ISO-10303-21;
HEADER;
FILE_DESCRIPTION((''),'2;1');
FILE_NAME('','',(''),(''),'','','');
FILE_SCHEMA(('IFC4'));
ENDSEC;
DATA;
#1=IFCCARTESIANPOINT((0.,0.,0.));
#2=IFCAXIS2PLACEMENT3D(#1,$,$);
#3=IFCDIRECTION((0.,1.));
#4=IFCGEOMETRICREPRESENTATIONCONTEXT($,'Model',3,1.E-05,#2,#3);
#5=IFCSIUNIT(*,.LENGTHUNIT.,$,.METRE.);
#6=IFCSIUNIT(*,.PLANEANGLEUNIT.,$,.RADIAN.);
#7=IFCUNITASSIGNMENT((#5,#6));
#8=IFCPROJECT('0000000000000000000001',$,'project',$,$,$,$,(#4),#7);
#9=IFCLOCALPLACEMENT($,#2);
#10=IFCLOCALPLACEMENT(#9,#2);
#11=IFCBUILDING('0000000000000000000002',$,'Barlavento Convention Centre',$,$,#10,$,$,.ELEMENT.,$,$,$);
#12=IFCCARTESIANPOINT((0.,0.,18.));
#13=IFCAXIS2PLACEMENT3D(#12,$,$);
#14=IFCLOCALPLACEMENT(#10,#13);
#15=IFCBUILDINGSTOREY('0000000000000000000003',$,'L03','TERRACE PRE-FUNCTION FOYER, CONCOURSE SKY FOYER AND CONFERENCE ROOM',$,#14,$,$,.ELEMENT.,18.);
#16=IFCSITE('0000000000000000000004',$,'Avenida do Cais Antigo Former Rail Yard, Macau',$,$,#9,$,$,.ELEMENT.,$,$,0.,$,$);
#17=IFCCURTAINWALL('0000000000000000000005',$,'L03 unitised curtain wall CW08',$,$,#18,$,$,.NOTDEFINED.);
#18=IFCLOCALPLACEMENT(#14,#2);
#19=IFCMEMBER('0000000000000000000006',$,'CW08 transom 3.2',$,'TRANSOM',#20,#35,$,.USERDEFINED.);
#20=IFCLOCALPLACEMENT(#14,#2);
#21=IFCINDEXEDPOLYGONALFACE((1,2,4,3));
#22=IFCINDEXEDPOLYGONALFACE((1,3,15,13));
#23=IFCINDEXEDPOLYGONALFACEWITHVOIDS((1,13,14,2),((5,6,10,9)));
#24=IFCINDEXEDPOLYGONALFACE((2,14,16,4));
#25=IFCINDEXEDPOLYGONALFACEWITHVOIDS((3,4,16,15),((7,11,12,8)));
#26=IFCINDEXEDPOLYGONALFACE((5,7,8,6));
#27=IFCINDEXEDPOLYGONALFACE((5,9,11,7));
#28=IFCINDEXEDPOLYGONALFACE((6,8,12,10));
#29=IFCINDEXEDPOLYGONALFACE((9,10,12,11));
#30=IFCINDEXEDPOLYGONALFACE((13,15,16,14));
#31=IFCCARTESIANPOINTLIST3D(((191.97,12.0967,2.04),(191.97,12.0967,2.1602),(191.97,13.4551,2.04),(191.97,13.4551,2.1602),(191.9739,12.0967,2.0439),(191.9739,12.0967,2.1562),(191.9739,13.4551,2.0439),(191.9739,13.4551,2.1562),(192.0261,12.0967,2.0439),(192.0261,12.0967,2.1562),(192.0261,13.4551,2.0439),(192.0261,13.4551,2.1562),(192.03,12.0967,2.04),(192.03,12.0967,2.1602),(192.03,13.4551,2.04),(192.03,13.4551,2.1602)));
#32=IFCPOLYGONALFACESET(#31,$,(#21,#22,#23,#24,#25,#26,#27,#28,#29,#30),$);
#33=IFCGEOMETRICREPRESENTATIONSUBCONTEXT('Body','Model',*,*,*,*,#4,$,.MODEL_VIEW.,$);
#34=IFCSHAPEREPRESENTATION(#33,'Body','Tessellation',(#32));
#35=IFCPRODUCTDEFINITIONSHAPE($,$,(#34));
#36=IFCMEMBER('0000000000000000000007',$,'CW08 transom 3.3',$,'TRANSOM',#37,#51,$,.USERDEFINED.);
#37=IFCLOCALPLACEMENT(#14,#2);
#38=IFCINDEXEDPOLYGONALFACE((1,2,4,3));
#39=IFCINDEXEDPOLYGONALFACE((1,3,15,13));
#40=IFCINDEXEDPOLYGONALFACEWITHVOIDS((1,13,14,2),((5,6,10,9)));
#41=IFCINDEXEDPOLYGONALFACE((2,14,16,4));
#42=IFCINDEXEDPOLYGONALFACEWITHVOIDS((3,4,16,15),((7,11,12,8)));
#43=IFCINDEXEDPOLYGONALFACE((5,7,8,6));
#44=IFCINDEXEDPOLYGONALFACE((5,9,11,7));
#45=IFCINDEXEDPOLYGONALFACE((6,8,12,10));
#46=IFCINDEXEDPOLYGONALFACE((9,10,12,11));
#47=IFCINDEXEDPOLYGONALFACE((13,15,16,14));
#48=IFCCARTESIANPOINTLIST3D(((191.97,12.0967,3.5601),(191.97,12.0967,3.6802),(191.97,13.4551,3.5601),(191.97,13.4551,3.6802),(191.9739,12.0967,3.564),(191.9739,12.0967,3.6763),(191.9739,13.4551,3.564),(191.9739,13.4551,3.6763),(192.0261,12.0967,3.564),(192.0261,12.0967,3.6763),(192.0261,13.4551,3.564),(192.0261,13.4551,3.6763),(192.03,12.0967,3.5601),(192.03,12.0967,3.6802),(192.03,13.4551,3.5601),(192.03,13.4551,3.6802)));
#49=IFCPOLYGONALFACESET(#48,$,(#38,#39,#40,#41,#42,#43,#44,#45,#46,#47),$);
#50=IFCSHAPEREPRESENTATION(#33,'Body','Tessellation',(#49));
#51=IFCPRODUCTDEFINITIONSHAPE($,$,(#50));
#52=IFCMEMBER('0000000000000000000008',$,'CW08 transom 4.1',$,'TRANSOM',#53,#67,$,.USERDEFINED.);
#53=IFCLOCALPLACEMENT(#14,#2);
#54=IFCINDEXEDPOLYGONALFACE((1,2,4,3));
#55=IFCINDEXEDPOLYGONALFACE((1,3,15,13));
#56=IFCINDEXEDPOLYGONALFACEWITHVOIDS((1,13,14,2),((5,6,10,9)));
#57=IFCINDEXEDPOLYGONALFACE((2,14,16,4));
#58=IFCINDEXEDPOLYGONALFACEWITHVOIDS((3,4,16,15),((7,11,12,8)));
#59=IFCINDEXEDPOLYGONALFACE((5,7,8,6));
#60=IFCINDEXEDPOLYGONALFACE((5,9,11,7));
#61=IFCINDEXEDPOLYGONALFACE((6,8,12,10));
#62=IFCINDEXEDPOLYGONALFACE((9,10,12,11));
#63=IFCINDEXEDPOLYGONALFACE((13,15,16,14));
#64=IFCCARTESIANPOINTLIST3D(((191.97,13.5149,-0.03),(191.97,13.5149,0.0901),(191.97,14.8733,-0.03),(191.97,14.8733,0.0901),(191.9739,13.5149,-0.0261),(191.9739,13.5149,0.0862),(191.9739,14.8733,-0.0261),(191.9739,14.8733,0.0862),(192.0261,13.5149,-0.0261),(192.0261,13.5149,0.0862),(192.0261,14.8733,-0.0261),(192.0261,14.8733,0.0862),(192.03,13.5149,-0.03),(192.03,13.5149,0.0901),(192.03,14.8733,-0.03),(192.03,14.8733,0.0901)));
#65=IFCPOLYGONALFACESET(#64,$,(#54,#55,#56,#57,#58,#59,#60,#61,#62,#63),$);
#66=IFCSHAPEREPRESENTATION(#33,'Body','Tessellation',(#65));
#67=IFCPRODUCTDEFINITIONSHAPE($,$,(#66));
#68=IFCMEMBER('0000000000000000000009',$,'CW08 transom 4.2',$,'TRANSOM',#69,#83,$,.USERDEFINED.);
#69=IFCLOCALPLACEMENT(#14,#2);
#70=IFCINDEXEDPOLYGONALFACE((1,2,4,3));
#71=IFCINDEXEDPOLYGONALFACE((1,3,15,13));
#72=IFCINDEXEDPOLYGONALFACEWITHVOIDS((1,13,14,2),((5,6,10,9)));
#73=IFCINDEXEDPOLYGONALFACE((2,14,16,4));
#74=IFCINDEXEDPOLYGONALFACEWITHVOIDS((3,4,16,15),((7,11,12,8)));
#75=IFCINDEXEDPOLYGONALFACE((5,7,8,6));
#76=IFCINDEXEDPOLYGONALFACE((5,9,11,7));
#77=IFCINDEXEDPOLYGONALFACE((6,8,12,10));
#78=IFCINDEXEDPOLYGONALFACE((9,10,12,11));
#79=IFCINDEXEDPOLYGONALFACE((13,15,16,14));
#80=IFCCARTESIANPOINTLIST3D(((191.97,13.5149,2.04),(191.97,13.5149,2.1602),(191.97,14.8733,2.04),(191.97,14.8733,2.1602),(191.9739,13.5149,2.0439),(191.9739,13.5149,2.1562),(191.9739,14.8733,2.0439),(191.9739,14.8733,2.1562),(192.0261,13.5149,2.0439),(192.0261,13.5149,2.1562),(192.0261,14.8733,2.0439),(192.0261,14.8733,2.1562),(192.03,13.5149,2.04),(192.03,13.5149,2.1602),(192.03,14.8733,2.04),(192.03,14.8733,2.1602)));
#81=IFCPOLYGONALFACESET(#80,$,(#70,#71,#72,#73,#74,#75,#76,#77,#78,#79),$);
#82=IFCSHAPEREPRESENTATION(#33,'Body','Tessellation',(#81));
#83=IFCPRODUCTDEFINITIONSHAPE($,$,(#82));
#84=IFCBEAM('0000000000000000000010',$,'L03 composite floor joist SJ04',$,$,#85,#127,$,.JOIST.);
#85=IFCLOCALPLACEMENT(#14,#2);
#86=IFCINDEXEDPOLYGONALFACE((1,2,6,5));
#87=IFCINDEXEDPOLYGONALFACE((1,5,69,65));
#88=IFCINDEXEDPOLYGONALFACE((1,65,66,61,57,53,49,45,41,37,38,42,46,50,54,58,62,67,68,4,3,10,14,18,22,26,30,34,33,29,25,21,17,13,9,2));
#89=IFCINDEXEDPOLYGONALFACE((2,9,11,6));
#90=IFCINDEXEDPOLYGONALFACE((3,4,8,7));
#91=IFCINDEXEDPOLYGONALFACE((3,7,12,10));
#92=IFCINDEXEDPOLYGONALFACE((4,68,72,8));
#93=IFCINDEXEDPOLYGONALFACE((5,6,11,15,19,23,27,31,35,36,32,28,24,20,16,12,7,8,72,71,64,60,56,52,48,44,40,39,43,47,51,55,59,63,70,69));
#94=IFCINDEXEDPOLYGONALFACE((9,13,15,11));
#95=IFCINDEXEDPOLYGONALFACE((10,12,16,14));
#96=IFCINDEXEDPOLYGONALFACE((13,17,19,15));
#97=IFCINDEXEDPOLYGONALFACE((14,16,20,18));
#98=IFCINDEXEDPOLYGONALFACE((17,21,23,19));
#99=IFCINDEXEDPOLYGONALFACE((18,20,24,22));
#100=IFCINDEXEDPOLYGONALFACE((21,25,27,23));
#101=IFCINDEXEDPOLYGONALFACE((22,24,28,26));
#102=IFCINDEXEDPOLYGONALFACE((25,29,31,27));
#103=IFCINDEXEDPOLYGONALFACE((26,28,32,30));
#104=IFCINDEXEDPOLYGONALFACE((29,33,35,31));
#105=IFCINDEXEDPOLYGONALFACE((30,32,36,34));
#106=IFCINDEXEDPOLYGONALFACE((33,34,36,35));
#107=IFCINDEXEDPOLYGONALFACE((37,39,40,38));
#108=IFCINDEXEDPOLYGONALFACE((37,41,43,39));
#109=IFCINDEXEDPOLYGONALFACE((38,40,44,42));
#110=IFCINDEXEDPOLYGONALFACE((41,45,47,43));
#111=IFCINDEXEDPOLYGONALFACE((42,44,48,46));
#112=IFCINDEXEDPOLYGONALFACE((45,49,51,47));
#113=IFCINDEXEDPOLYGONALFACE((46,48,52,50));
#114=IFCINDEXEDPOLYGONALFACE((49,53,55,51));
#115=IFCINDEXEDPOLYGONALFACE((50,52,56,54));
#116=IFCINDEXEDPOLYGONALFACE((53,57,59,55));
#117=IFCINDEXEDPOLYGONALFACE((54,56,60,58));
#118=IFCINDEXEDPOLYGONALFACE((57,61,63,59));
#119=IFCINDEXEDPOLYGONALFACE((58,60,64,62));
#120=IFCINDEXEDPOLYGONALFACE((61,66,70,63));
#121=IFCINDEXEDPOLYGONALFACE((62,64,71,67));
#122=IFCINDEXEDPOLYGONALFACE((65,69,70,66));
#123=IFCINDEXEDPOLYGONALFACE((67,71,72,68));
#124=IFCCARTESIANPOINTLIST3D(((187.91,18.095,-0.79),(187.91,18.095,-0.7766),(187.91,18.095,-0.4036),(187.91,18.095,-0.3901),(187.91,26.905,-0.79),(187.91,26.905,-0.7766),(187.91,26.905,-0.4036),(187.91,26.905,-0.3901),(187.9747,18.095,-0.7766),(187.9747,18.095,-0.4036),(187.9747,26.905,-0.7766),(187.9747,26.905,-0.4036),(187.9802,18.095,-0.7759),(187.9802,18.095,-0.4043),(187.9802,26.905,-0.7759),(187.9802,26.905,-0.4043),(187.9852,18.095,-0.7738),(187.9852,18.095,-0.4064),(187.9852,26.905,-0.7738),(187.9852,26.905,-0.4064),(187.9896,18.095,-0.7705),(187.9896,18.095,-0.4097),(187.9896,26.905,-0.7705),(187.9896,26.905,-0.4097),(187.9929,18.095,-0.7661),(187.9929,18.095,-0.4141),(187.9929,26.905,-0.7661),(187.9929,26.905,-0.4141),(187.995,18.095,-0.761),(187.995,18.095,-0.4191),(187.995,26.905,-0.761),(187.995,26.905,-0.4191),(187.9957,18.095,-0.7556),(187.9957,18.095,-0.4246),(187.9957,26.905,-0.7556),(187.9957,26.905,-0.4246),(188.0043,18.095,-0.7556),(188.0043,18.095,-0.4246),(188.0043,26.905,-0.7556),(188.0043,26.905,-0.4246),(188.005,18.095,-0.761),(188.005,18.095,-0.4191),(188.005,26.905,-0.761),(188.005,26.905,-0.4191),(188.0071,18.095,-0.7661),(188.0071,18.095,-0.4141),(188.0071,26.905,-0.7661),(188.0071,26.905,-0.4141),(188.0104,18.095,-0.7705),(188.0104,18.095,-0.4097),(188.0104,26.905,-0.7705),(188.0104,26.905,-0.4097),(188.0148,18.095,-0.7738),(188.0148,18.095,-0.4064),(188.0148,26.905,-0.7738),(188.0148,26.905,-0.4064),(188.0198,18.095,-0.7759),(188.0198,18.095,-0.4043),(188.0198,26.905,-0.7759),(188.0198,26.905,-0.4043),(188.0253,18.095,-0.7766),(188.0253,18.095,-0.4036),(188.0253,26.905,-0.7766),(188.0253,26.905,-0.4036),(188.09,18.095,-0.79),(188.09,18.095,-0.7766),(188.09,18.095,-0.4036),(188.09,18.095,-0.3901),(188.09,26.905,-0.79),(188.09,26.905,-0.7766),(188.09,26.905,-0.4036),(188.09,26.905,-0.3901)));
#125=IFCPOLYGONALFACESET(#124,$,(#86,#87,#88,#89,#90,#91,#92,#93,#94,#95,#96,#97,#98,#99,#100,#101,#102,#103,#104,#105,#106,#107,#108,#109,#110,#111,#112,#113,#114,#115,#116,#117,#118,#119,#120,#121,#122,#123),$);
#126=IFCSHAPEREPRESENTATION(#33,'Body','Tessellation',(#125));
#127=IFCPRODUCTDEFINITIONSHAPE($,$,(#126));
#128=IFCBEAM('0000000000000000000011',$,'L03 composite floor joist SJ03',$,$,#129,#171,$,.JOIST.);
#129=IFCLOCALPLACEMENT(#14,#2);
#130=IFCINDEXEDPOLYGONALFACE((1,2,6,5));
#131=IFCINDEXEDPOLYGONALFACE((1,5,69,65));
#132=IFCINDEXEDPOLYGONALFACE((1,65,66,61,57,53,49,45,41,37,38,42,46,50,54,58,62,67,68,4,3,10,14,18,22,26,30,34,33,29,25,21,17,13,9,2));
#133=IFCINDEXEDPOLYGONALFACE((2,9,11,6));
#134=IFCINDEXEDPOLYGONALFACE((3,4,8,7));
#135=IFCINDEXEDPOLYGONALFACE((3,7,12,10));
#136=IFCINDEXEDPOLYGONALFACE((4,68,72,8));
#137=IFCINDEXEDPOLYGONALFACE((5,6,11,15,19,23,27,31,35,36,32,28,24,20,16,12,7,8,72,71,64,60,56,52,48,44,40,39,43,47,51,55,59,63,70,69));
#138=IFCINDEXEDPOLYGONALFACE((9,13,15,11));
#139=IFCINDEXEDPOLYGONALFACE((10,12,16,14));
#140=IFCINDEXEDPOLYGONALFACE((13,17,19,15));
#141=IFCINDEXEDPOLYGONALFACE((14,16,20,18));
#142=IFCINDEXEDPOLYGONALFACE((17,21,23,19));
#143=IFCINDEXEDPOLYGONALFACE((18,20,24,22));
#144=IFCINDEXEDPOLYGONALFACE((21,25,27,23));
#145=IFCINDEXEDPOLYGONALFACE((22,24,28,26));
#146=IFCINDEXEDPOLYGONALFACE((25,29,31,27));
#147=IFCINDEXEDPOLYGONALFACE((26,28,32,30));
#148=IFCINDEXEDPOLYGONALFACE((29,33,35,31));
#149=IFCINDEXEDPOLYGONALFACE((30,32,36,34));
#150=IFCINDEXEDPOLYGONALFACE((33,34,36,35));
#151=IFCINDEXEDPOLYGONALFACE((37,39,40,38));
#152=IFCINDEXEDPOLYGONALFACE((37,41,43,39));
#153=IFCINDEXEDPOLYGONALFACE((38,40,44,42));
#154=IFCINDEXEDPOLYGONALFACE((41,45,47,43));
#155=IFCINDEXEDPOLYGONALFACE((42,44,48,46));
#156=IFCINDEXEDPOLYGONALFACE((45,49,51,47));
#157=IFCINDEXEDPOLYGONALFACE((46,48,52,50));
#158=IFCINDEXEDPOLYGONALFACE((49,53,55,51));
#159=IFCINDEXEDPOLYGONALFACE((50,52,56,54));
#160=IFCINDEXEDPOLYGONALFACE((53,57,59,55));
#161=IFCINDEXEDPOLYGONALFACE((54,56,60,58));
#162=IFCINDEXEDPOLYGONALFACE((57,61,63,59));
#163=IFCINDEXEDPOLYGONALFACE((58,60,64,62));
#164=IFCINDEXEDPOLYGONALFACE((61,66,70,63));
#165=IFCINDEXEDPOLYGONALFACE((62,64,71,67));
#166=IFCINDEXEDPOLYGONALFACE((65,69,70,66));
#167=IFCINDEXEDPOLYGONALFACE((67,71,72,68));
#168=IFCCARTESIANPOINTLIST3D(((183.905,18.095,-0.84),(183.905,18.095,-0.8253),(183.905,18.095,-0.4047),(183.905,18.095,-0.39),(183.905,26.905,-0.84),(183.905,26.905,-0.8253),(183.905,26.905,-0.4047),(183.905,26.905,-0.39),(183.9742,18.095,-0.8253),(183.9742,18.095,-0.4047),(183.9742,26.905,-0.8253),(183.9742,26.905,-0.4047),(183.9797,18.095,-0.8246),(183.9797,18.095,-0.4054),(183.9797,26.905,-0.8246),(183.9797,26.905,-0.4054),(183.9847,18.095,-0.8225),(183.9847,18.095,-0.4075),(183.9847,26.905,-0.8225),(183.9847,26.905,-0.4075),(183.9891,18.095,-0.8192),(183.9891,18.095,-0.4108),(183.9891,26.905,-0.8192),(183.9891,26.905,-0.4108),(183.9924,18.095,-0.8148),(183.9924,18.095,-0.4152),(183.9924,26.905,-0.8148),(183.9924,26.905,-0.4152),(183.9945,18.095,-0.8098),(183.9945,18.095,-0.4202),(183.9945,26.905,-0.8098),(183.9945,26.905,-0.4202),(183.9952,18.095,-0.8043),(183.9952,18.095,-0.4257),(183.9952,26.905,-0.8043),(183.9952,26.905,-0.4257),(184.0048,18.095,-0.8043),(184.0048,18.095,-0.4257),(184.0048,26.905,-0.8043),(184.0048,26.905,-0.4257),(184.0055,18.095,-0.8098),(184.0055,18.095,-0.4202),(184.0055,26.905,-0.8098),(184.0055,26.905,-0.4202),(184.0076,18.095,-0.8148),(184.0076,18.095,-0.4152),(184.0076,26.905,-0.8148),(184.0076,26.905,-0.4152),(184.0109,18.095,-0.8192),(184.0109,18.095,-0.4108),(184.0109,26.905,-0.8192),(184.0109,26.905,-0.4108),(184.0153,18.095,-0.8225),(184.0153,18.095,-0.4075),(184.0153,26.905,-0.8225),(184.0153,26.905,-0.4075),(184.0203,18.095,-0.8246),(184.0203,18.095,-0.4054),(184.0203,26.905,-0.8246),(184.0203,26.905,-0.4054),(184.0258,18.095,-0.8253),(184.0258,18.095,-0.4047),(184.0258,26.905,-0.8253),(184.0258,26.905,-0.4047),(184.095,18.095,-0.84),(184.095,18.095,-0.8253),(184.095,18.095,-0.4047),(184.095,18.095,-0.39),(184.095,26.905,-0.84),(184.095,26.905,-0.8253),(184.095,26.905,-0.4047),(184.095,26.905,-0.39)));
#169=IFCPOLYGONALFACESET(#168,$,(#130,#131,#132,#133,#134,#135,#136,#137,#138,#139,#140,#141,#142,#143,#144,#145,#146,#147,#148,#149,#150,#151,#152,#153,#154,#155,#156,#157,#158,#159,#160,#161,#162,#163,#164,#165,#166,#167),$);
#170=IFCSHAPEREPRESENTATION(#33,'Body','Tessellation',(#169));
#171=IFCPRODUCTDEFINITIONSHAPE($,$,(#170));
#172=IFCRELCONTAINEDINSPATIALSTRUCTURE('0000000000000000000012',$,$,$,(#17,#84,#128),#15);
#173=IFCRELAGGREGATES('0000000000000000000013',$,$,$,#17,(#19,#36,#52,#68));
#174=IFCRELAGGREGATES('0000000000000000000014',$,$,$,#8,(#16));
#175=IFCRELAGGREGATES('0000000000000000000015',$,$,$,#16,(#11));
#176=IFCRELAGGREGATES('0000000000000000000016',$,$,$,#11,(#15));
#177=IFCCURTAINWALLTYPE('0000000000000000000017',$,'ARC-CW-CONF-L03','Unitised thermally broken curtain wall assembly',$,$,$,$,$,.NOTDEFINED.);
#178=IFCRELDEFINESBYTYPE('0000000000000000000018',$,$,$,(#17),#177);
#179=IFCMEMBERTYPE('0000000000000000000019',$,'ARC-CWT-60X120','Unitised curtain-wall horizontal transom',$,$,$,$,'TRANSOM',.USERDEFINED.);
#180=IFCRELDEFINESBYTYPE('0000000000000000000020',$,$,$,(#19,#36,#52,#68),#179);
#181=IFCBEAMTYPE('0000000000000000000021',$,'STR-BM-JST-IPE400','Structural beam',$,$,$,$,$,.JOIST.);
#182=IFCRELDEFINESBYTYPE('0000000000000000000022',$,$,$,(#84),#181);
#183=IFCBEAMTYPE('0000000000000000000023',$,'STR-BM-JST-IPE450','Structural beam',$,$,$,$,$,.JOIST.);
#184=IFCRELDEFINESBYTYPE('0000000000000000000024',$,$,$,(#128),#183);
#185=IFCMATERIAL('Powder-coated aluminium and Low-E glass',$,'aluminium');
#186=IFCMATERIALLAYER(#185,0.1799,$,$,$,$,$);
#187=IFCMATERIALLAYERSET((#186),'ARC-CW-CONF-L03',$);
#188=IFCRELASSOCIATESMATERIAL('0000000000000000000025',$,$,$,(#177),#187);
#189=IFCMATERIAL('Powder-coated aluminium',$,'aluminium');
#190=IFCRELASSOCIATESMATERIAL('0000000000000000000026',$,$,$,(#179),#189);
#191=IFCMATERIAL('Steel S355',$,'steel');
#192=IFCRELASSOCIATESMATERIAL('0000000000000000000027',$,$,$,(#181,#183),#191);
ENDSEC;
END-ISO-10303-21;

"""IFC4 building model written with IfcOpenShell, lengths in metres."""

from ifc_helpers import new_model, si_unit, direction, frame, origin, origin_2d, place, context, subcontext, project, spatial, hollow_rectangle, i_section, extrude, material, layer, layer_set, material_profile, profile_set, type_object, element, aggregate, save


model = new_model("IFC4")

# Units and contexts
model_context = context("Model", 3, precision=1e-05, world=origin(), true_north=direction((0.0, 1.0)))
body_context = subcontext(model_context, "Body", "Model", "MODEL_VIEW")
ifc_project = project(units=[si_unit("LENGTHUNIT", "METRE"), si_unit("PLANEANGLEUNIT", "RADIAN")], contexts=[model_context])

# Site, building, storey
site_placement = place(None, origin())
site = spatial("IfcSite", under=ifc_project, at=site_placement, Name="Avenida do Cais Antigo Former Rail Yard, Macau", CompositionType="ELEMENT", RefElevation=0.0)
building_placement = place(site_placement, origin())
building = spatial("IfcBuilding", under=site, at=building_placement, Name="Barlavento Convention Centre", CompositionType="ELEMENT")
storey_placement = place(building_placement, frame((0.0, 0.0, 18.0)))
storey = spatial("IfcBuildingStorey", under=building, at=storey_placement, Name="L03", Description="TERRACE PRE-FUNCTION FOYER, CONCOURSE SKY FOYER AND CONFERENCE ROOM", CompositionType="ELEMENT", Elevation=18.0)

# Shared definitions
ifc_material_1 = material(Name="Steel S355", Category="steel")

# Curtain wall, members
ifc_material_2 = material(Name="Powder-coated aluminium and Low-E glass", Category="aluminium")
ifc_layer_1 = layer(ifc_material_2, 0.1799)
ifc_layer_set_1 = layer_set([ifc_layer_1], Name="ARC-CW-CONF-L03")
curtain_wall_type = type_object("IfcCurtainWallType", Name="ARC-CW-CONF-L03", Description="Unitised thermally broken curtain wall assembly", PredefinedType="NOTDEFINED", material=ifc_layer_set_1)
curtain_wall_placement = place(storey_placement, origin())
curtain_wall = element("IfcCurtainWall", 1, at=curtain_wall_placement, inside=storey, type_object=curtain_wall_type, Name="L03 unitised curtain wall CW08", PredefinedType="NOTDEFINED")
ifc_material_3 = material(Name="Powder-coated aluminium", Category="aluminium")
ifc_material_profile_1 = material_profile(ifc_material_3, hollow_rectangle(XDim=0.0601, YDim=0.1201, WallThickness=0.0039, at=origin_2d()), Name="AL-TRAN 60x120x4")
ifc_profile_set_1 = profile_set([ifc_material_profile_1], Name="Powder-coated aluminium")
member_type_1 = type_object("IfcMemberType", Name="ARC-CWT-60X120", Description="Unitised curtain-wall horizontal transom", ElementType="TRANSOM", PredefinedType="USERDEFINED", material=ifc_profile_set_1)
member_1_placement = place(storey_placement, frame((192.0, 12.0967, 2.1001), z_axis=(0.0, 1.0, 0.0), x_axis=(-1.0, 0.0, 0.0)))
member_1 = element("IfcMember", 2, at=member_1_placement, type_object=member_type_1, Name="CW08 transom 3.2", ObjectType="TRANSOM", PredefinedType="USERDEFINED", context=body_context, shape_type="SweptSolid", body=[
    extrude(hollow_rectangle(XDim=0.0601, YDim=0.1201, WallThickness=0.0039, at=origin_2d()), origin(), (0.0, 0.0, 1.0), 1.3584),
])
member_2_placement = place(storey_placement, frame((192.0, 12.0967, 3.6201), z_axis=(0.0, 1.0, 0.0), x_axis=(-1.0, 0.0, 0.0)))
member_2 = element("IfcMember", 3, at=member_2_placement, type_object=member_type_1, Name="CW08 transom 3.3", ObjectType="TRANSOM", PredefinedType="USERDEFINED", context=body_context, shape_type="SweptSolid", body=[
    extrude(hollow_rectangle(XDim=0.0601, YDim=0.1201, WallThickness=0.0039, at=origin_2d()), origin(), (0.0, 0.0, 1.0), 1.3584),
])
member_3_placement = place(storey_placement, frame((192.0, 13.5149, 0.03), z_axis=(0.0, 1.0, 0.0), x_axis=(-1.0, 0.0, 0.0)))
member_3 = element("IfcMember", 4, at=member_3_placement, type_object=member_type_1, Name="CW08 transom 4.1", ObjectType="TRANSOM", PredefinedType="USERDEFINED", context=body_context, shape_type="SweptSolid", body=[
    extrude(hollow_rectangle(XDim=0.0601, YDim=0.1201, WallThickness=0.0039, at=origin_2d()), origin(), (0.0, 0.0, 1.0), 1.3584),
])
member_4_placement = place(storey_placement, frame((192.0, 13.5149, 2.1001), z_axis=(0.0, 1.0, 0.0), x_axis=(-1.0, 0.0, 0.0)))
member_4 = element("IfcMember", 5, at=member_4_placement, type_object=member_type_1, Name="CW08 transom 4.2", ObjectType="TRANSOM", PredefinedType="USERDEFINED", context=body_context, shape_type="SweptSolid", body=[
    extrude(hollow_rectangle(XDim=0.0601, YDim=0.1201, WallThickness=0.0039, at=origin_2d()), origin(), (0.0, 0.0, 1.0), 1.3584),
])

# Beams
ifc_material_profile_2 = material_profile(ifc_material_1, i_section(OverallWidth=0.1799, OverallDepth=0.3999, WebThickness=0.0085, FlangeThickness=0.0134, FilletRadius=0.021, at=origin_2d()), Name="IPE 400")
ifc_profile_set_2 = profile_set([ifc_material_profile_2], Name="Steel S355")
beam_type_1 = type_object("IfcBeamType", Name="STR-BM-JST-IPE400", Description="Structural beam", PredefinedType="JOIST", material=ifc_profile_set_2)
beam_1_placement = place(storey_placement, frame((188.0, 18.095, -0.5901), z_axis=(0.0, 1.0, 0.0), x_axis=(-1.0, 0.0, 0.0)))
element("IfcBeam", 6, at=beam_1_placement, inside=storey, type_object=beam_type_1, Name="L03 composite floor joist SJ04", PredefinedType="JOIST", context=body_context, shape_type="SweptSolid", body=[
    extrude(i_section(OverallWidth=0.1799, OverallDepth=0.3999, WebThickness=0.0085, FlangeThickness=0.0134, FilletRadius=0.021, at=origin_2d()), origin(), (0.0, 0.0, 1.0), 8.8101),
])
ifc_material_profile_3 = material_profile(ifc_material_1, i_section(OverallWidth=0.1899, OverallDepth=0.45, WebThickness=0.0095, FlangeThickness=0.0146, FilletRadius=0.021, at=origin_2d()), Name="IPE 450")
ifc_profile_set_3 = profile_set([ifc_material_profile_3], Name="Steel S355")
beam_type_2 = type_object("IfcBeamType", Name="STR-BM-JST-IPE450", Description="Structural beam", PredefinedType="JOIST", material=ifc_profile_set_3)
beam_2_placement = place(storey_placement, frame((184.0, 18.095, -0.615), z_axis=(0.0, 1.0, 0.0), x_axis=(-1.0, 0.0, 0.0)))
element("IfcBeam", 7, at=beam_2_placement, inside=storey, type_object=beam_type_2, Name="L03 composite floor joist SJ03", PredefinedType="JOIST", context=body_context, shape_type="SweptSolid", body=[
    extrude(i_section(OverallWidth=0.1899, OverallDepth=0.45, WebThickness=0.0095, FlangeThickness=0.0146, FilletRadius=0.021, at=origin_2d()), origin(), (0.0, 0.0, 1.0), 8.8101),
])

aggregate(curtain_wall, [member_1, member_2, member_3, member_4])

save(model, "model.ifc")
